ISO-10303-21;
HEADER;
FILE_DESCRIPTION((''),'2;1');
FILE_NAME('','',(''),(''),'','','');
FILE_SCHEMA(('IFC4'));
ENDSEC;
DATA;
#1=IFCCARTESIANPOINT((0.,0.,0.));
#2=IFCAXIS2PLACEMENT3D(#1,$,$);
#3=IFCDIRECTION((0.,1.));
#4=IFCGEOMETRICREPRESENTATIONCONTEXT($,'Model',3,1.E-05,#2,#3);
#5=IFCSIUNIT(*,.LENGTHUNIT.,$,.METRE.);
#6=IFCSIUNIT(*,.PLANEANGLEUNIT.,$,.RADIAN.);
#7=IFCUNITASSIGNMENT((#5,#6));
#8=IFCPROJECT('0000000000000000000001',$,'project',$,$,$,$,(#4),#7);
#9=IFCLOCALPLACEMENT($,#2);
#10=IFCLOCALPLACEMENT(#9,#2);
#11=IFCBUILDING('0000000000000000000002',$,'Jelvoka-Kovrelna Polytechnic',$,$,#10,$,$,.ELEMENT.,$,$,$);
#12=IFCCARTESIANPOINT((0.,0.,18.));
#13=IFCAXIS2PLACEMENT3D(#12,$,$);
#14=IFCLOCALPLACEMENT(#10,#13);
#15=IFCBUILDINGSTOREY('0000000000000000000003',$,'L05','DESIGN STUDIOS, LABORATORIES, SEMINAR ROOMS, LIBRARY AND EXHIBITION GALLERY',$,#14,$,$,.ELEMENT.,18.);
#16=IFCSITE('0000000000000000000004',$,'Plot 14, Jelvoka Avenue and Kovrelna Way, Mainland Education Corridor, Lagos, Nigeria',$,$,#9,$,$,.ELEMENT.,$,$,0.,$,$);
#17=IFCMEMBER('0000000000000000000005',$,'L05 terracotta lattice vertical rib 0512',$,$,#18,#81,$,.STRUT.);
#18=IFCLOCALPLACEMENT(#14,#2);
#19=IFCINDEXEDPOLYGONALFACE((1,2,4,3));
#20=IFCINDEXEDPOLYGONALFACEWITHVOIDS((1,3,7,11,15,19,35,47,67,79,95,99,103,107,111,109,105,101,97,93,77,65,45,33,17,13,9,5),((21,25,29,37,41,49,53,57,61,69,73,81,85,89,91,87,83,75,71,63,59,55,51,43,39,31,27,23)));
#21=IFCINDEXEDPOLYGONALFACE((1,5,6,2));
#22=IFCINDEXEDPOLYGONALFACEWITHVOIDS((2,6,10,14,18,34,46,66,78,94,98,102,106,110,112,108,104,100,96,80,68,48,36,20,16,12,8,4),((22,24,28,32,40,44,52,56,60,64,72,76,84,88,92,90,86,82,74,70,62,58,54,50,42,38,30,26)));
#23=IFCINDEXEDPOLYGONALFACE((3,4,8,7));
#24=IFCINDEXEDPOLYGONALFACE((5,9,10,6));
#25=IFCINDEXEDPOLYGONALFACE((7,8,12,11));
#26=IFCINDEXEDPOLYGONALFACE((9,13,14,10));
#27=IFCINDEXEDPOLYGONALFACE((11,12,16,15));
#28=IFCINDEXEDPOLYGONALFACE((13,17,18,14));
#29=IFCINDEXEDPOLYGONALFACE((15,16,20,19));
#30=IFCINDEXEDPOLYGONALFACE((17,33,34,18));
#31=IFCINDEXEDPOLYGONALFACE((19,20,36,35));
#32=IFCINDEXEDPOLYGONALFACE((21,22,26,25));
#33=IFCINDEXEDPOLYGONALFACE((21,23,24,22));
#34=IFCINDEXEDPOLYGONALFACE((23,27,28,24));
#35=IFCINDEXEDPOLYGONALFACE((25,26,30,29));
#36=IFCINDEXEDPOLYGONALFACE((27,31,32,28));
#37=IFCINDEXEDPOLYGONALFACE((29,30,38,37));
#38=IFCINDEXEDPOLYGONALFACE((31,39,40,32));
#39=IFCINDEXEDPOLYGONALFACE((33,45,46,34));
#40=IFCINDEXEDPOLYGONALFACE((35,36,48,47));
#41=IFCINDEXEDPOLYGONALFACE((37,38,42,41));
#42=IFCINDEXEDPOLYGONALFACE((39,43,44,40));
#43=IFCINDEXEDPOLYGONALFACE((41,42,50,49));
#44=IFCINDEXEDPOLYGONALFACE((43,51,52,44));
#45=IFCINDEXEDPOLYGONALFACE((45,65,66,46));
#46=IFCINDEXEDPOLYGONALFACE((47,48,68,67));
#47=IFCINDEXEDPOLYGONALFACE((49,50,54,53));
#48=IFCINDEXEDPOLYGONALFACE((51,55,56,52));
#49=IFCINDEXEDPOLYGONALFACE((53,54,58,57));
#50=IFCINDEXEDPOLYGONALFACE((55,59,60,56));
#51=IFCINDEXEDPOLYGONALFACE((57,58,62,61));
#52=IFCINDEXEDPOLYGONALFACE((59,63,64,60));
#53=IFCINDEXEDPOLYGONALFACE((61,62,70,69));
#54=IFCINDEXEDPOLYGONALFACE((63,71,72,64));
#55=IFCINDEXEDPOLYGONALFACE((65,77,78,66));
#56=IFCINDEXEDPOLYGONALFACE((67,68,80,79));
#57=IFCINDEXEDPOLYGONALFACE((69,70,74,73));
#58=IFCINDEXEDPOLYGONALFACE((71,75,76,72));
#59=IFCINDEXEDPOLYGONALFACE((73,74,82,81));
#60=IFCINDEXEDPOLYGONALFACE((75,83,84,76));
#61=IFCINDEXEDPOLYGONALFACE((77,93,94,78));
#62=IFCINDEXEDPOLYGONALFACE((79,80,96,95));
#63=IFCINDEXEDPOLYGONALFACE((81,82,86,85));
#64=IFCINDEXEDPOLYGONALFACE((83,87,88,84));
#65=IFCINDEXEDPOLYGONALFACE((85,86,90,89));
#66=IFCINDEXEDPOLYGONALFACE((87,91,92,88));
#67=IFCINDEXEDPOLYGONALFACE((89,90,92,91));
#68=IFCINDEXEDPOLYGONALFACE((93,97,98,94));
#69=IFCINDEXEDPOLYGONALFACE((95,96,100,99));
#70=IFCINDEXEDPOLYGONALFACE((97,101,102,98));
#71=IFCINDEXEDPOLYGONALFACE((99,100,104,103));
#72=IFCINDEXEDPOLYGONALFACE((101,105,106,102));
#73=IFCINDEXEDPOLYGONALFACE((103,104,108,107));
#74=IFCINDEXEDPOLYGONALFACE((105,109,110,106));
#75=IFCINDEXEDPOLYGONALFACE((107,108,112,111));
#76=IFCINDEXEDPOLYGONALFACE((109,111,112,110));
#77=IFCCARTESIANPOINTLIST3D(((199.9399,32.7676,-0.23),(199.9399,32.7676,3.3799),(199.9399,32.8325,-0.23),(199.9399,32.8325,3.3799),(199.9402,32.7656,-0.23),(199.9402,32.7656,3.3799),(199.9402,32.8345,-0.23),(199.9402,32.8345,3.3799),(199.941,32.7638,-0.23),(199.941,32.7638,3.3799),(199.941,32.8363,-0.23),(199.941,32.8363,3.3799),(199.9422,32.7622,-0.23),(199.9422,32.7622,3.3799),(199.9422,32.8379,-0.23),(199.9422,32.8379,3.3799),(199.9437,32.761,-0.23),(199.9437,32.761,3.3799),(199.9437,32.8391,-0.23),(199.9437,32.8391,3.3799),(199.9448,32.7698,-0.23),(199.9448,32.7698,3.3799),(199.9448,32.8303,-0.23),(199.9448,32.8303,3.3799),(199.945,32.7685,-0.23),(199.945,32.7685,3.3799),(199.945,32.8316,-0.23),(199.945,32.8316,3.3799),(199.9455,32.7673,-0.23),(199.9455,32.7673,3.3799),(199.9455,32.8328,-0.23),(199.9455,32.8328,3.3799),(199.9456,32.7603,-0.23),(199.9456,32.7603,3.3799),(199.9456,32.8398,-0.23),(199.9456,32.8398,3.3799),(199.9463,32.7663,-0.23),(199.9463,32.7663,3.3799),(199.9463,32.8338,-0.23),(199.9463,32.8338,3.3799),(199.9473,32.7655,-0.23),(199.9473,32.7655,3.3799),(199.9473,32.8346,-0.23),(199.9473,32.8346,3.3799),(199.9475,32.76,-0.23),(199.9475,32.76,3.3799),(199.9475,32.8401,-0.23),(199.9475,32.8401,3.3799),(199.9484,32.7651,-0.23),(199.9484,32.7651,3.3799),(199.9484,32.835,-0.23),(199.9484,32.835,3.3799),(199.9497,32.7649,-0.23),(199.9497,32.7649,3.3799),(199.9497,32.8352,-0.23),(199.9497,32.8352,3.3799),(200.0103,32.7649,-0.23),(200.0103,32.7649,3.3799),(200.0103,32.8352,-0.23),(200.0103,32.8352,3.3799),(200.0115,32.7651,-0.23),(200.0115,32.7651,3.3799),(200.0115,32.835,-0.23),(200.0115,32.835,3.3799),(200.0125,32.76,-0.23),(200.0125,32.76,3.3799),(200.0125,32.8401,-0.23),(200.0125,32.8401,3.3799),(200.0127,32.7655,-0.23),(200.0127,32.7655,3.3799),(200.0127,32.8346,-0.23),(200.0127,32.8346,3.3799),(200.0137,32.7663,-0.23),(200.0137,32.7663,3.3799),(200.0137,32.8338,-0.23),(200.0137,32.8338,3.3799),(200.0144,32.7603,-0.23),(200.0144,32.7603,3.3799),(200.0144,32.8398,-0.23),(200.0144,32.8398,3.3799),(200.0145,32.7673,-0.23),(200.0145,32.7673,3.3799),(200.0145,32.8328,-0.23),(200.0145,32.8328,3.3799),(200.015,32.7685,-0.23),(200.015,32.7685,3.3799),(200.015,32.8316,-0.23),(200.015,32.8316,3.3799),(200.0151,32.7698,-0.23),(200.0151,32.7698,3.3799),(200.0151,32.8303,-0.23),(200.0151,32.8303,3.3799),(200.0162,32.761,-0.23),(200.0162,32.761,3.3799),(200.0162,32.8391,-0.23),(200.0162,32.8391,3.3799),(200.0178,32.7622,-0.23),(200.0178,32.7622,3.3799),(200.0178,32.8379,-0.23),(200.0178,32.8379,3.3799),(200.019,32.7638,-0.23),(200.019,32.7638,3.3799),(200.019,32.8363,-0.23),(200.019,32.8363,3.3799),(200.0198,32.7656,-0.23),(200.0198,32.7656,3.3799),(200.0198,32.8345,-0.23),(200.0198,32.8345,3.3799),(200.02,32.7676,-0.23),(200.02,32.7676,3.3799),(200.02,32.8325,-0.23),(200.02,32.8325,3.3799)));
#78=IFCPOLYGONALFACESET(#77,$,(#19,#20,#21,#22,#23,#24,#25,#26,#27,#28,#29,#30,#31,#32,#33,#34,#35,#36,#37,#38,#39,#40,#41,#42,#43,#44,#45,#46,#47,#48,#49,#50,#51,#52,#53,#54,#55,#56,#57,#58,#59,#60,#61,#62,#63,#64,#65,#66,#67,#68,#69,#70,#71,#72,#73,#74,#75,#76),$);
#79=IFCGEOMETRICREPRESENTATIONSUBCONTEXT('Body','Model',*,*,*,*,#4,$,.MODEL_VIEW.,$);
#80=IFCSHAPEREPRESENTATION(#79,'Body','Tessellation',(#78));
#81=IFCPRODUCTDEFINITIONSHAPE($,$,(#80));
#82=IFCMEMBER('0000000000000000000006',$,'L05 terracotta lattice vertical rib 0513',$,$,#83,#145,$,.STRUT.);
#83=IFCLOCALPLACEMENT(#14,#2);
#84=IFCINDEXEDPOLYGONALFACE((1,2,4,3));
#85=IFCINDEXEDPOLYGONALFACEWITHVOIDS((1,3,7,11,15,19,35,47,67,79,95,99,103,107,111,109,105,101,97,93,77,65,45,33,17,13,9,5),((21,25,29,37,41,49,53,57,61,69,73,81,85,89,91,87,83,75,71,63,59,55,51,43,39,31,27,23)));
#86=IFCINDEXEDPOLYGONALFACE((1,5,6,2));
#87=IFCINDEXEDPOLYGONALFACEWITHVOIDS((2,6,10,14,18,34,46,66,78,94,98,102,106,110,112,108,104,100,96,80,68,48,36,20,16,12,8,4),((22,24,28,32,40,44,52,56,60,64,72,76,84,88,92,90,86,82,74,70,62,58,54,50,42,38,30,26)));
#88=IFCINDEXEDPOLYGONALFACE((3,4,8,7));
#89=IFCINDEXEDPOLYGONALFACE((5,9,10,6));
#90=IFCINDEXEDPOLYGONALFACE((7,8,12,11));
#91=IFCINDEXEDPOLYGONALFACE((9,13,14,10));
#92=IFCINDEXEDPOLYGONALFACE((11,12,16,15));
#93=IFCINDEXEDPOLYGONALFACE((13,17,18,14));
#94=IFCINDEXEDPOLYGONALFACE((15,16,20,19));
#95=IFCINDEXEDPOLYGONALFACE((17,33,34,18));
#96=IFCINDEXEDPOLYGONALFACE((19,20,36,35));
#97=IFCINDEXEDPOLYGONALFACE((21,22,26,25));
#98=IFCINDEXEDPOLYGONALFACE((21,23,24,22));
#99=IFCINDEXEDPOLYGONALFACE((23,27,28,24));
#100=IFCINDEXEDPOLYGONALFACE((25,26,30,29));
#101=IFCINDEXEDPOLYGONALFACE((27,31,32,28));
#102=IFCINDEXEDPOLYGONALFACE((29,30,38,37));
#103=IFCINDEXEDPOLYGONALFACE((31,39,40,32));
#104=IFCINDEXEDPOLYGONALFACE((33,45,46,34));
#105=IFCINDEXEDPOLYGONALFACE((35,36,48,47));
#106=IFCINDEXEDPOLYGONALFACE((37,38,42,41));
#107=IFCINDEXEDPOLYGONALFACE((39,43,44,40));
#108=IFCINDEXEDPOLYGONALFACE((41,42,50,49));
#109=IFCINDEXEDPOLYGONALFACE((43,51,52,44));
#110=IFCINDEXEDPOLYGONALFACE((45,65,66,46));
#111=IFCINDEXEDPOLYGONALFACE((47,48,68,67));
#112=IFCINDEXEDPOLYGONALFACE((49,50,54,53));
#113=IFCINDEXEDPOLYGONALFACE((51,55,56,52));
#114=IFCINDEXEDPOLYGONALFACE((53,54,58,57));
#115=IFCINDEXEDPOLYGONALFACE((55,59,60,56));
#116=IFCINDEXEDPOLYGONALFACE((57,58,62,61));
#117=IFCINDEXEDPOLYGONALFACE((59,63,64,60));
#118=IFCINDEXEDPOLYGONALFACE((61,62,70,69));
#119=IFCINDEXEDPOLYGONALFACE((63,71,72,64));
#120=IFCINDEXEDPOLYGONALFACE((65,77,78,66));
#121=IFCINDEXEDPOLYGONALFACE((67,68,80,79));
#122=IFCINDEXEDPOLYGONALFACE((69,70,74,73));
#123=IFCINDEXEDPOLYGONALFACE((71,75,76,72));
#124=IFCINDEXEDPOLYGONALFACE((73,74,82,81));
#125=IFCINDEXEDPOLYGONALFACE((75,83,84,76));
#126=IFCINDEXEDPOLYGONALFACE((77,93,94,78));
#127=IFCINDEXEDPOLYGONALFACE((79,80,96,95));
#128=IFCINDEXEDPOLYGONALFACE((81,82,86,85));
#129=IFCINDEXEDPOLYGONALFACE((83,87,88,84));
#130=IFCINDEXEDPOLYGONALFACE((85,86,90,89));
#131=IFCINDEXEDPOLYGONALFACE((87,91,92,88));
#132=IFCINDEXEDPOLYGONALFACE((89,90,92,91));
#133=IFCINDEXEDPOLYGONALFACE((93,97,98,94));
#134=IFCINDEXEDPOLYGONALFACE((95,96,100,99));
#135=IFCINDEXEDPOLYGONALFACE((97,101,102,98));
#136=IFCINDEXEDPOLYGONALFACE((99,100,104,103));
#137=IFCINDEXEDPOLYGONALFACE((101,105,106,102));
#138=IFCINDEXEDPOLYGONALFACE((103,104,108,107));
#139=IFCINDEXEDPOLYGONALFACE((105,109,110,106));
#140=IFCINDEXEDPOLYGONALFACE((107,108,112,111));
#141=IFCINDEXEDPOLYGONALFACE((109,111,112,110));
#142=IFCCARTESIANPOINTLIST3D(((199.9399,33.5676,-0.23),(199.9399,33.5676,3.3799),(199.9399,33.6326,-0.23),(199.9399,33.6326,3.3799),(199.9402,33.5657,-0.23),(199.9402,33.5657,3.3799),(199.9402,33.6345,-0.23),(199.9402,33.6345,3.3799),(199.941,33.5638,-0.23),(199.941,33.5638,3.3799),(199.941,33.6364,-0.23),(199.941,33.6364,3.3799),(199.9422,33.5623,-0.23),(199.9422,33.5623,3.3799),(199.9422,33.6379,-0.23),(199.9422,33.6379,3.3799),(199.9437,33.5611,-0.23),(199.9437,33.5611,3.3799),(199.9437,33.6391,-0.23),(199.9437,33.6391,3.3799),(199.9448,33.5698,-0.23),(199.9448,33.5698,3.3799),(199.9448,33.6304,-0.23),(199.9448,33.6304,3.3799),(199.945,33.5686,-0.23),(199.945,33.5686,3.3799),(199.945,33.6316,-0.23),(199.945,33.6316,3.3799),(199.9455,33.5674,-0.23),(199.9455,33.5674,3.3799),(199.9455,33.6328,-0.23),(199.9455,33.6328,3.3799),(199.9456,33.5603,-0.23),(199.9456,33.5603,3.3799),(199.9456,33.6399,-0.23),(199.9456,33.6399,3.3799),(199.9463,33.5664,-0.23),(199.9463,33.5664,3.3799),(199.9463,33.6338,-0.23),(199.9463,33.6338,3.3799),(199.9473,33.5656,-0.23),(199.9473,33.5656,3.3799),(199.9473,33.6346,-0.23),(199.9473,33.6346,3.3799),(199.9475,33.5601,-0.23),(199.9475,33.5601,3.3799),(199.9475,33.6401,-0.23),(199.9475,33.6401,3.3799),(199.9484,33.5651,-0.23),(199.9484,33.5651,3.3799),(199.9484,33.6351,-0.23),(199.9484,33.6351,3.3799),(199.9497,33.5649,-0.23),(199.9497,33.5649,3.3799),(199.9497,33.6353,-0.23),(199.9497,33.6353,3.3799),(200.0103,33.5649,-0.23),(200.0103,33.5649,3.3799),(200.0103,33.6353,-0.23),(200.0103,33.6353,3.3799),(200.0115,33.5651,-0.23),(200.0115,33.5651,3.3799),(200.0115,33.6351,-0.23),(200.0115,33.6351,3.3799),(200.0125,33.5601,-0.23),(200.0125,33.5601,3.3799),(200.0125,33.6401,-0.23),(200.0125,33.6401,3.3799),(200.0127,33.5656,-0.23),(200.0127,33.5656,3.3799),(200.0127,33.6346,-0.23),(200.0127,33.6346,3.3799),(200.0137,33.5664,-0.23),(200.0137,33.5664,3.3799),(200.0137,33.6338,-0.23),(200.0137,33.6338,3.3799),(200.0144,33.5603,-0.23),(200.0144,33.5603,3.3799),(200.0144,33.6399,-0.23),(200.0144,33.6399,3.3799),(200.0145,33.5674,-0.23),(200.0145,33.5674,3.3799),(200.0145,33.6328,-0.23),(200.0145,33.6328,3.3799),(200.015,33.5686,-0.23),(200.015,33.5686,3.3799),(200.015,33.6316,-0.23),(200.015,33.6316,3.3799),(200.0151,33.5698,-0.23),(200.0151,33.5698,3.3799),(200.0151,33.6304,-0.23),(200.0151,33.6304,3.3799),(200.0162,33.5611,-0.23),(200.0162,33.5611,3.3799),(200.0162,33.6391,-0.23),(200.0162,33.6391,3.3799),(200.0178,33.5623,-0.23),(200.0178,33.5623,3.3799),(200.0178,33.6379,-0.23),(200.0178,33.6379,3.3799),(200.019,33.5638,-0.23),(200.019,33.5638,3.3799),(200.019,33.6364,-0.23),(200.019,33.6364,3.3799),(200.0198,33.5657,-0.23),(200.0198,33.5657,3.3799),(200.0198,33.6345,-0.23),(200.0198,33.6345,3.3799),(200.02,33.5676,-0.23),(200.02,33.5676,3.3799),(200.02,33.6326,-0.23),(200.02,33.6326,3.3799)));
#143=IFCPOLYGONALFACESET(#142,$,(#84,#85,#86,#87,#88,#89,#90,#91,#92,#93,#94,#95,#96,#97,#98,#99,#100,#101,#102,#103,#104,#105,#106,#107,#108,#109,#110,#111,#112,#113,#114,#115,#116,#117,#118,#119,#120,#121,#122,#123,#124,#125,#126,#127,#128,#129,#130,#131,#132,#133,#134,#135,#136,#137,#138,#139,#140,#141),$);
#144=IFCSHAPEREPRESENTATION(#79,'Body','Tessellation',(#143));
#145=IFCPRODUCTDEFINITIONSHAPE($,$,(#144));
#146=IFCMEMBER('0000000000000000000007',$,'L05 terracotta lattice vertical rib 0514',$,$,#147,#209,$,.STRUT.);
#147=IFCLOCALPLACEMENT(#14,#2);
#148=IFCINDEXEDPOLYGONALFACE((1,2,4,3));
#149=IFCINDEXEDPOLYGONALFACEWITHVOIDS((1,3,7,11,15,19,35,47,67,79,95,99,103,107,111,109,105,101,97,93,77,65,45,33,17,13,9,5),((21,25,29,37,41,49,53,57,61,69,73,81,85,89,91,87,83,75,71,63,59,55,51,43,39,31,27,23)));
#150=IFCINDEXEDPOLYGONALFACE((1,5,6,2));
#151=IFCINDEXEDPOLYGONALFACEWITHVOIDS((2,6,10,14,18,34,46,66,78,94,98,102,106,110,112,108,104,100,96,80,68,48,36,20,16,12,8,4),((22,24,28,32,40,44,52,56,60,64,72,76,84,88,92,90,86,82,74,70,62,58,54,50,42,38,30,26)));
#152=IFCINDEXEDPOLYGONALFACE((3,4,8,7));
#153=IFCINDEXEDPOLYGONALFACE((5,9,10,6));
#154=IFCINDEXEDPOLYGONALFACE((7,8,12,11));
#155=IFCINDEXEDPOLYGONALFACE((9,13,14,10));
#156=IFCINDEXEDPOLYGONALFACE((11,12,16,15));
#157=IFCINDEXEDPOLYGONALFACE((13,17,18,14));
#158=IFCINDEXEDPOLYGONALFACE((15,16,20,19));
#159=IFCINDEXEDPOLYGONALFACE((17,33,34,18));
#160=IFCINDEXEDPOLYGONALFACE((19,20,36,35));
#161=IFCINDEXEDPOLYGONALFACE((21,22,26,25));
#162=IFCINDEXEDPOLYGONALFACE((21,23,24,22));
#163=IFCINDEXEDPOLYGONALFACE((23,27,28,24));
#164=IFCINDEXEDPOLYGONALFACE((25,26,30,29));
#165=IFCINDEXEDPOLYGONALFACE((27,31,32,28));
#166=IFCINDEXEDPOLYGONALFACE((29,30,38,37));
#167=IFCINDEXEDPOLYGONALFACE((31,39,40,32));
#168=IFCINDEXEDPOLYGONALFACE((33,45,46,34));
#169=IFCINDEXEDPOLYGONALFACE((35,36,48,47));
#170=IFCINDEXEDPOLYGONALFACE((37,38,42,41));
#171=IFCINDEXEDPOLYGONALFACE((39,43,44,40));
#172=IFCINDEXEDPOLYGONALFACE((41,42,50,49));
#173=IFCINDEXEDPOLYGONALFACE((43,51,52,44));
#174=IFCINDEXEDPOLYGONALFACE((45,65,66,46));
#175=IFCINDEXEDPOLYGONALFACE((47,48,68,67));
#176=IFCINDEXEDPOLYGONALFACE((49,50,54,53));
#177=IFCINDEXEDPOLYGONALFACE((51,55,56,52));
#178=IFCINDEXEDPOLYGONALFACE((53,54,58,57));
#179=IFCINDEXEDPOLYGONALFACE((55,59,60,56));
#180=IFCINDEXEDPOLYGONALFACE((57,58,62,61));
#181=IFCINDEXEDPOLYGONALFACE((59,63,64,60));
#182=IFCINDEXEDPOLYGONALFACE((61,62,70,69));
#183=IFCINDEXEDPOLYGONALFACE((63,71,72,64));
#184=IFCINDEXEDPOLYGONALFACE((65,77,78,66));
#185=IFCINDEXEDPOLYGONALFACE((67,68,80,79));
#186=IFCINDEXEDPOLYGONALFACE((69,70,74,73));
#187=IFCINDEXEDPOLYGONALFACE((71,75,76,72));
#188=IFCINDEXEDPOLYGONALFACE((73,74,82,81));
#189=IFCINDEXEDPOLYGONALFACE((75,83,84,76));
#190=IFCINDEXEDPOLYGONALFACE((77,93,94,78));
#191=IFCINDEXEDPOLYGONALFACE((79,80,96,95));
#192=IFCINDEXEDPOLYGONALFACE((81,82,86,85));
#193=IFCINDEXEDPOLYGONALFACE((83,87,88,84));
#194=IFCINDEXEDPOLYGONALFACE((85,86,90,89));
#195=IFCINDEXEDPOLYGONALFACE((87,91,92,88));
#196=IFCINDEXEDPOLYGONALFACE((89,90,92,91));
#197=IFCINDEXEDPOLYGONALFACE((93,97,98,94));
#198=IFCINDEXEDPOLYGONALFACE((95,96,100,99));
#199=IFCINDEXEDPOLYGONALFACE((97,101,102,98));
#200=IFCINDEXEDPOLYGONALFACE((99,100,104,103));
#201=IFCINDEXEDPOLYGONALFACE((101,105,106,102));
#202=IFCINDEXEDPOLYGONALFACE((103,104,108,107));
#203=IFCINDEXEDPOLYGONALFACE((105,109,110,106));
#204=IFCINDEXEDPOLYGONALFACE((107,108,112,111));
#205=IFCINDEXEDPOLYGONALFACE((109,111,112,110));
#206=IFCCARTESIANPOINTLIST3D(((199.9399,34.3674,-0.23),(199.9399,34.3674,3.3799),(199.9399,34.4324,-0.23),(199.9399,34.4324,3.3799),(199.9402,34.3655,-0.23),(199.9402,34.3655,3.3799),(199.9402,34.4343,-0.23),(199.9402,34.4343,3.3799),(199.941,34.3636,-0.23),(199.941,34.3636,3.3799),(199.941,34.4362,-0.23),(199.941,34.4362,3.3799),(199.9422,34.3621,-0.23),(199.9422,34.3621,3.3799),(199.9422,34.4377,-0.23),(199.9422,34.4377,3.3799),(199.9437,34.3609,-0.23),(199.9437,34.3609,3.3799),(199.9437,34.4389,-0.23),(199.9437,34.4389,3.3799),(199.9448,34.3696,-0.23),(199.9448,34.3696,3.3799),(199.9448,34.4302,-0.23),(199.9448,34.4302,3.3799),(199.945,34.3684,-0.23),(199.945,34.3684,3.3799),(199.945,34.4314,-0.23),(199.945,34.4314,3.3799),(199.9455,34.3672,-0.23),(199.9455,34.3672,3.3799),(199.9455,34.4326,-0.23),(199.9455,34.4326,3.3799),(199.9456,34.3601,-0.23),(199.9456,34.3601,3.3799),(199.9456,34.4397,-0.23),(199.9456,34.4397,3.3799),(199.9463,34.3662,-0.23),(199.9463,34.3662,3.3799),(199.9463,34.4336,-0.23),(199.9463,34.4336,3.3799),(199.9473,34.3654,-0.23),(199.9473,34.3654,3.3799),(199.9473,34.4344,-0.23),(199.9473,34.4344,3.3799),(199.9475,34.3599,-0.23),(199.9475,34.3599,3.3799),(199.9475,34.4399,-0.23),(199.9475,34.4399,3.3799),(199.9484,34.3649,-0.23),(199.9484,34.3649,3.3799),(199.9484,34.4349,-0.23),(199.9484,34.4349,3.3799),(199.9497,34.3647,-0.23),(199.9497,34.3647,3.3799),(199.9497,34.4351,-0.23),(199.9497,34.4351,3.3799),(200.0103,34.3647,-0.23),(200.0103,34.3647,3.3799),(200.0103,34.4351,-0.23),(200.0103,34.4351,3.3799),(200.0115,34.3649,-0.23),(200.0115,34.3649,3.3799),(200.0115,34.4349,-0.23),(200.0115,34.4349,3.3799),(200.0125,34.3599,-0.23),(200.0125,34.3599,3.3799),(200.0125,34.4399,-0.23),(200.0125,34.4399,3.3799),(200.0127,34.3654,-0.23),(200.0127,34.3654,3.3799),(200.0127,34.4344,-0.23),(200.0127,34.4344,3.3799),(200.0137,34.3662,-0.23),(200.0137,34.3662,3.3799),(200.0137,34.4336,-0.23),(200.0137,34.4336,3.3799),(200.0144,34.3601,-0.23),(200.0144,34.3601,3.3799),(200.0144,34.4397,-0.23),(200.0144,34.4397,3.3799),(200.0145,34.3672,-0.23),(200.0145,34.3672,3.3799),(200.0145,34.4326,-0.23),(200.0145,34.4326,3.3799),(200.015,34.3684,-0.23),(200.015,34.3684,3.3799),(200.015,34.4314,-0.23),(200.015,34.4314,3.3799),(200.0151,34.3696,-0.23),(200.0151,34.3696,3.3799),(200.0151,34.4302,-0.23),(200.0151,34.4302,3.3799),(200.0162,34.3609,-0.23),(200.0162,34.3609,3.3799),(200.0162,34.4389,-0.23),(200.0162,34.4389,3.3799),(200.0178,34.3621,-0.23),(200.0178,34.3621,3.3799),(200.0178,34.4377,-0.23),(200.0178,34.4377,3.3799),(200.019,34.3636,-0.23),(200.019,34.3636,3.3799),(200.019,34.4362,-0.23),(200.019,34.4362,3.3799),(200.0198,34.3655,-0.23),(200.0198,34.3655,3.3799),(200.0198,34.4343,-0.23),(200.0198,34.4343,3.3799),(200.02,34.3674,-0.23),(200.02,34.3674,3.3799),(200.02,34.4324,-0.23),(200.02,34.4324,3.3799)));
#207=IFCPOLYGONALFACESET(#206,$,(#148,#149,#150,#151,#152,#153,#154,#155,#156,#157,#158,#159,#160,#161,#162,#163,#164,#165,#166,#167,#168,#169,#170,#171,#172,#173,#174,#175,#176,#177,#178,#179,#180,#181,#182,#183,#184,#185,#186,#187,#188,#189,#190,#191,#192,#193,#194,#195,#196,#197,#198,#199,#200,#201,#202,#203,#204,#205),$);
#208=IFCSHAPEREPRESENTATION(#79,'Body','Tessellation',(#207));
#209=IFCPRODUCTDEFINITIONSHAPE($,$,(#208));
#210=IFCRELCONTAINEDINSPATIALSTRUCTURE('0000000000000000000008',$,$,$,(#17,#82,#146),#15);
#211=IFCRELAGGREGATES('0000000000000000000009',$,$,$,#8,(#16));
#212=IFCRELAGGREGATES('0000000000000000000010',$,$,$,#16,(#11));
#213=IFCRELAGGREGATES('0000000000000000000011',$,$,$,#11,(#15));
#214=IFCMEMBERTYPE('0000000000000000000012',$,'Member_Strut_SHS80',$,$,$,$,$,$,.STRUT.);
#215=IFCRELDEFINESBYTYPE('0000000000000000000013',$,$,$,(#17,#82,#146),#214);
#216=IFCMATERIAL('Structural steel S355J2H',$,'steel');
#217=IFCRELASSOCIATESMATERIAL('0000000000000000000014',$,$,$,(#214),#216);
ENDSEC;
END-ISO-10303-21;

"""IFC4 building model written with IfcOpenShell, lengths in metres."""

from ifc_helpers import new_model, si_unit, direction, frame, origin, origin_2d, place, context, subcontext, project, spatial, hollow_rectangle, extrude, material, material_profile, profile_set, type_object, element, save


model = new_model("IFC4")

# Units and contexts
model_context = context("Model", 3, precision=1e-05, world=origin(), true_north=direction((0.0, 1.0)))
body_context = subcontext(model_context, "Body", "Model", "MODEL_VIEW")
ifc_project = project(units=[si_unit("LENGTHUNIT", "METRE"), si_unit("PLANEANGLEUNIT", "RADIAN")], contexts=[model_context])

# Site, building, storey
site_placement = place(None, origin())
site = spatial("IfcSite", under=ifc_project, at=site_placement, Name="Plot 14, Jelvoka Avenue and Kovrelna Way, Mainland Education Corridor, Lagos, Nigeria", CompositionType="ELEMENT", RefElevation=0.0)
building_placement = place(site_placement, origin())
building = spatial("IfcBuilding", under=site, at=building_placement, Name="Jelvoka-Kovrelna Polytechnic", CompositionType="ELEMENT")
storey_placement = place(building_placement, frame((0.0, 0.0, 18.0)))
storey = spatial("IfcBuildingStorey", under=building, at=storey_placement, Name="L05", Description="DESIGN STUDIOS, LABORATORIES, SEMINAR ROOMS, LIBRARY AND EXHIBITION GALLERY", CompositionType="ELEMENT", Elevation=18.0)

# Members
ifc_material_1 = material(Name="Structural steel S355J2H", Category="steel")
ifc_material_profile_1 = material_profile(ifc_material_1, hollow_rectangle(XDim=0.0801, YDim=0.0801, WallThickness=0.0049, InnerFilletRadius=0.0049, OuterFilletRadius=0.0076, at=origin_2d()), Name="80x80x5.0 SHS")
ifc_profile_set_1 = profile_set([ifc_material_profile_1], Name="Structural steel S355J2H")
member_type_1 = type_object("IfcMemberType", Name="Member_Strut_SHS80", PredefinedType="STRUT", material=ifc_profile_set_1)
for number, where, z_axis, x_axis, name in (
    (1, (199.98, 32.8, -0.23), (0.0, 0.0, 1.0), (1.0, 0.0, 0.0), "L05 terracotta lattice vertical rib 0512"),
    (2, (199.98, 33.6001, -0.23), (0.0, 0.0, 1.0), (1.0, 0.0, 0.0), "L05 terracotta lattice vertical rib 0513"),
    (3, (199.98, 34.3999, -0.23), (0.0, 0.0, 1.0), (1.0, 0.0, 0.0), "L05 terracotta lattice vertical rib 0514"),
):
    element("IfcMember", number, at=place(storey_placement, frame(where, z_axis=z_axis, x_axis=x_axis)), inside=storey, type_object=member_type_1, Name=name, PredefinedType="STRUT", context=body_context, shape_type="SweptSolid", body=[
        extrude(hollow_rectangle(XDim=0.0801, YDim=0.0801, WallThickness=0.0049, InnerFilletRadius=0.0049, OuterFilletRadius=0.0076, at=origin_2d()), origin(), (0.0, 0.0, 1.0), 3.6099),
    ])

save(model, "model.ifc")
